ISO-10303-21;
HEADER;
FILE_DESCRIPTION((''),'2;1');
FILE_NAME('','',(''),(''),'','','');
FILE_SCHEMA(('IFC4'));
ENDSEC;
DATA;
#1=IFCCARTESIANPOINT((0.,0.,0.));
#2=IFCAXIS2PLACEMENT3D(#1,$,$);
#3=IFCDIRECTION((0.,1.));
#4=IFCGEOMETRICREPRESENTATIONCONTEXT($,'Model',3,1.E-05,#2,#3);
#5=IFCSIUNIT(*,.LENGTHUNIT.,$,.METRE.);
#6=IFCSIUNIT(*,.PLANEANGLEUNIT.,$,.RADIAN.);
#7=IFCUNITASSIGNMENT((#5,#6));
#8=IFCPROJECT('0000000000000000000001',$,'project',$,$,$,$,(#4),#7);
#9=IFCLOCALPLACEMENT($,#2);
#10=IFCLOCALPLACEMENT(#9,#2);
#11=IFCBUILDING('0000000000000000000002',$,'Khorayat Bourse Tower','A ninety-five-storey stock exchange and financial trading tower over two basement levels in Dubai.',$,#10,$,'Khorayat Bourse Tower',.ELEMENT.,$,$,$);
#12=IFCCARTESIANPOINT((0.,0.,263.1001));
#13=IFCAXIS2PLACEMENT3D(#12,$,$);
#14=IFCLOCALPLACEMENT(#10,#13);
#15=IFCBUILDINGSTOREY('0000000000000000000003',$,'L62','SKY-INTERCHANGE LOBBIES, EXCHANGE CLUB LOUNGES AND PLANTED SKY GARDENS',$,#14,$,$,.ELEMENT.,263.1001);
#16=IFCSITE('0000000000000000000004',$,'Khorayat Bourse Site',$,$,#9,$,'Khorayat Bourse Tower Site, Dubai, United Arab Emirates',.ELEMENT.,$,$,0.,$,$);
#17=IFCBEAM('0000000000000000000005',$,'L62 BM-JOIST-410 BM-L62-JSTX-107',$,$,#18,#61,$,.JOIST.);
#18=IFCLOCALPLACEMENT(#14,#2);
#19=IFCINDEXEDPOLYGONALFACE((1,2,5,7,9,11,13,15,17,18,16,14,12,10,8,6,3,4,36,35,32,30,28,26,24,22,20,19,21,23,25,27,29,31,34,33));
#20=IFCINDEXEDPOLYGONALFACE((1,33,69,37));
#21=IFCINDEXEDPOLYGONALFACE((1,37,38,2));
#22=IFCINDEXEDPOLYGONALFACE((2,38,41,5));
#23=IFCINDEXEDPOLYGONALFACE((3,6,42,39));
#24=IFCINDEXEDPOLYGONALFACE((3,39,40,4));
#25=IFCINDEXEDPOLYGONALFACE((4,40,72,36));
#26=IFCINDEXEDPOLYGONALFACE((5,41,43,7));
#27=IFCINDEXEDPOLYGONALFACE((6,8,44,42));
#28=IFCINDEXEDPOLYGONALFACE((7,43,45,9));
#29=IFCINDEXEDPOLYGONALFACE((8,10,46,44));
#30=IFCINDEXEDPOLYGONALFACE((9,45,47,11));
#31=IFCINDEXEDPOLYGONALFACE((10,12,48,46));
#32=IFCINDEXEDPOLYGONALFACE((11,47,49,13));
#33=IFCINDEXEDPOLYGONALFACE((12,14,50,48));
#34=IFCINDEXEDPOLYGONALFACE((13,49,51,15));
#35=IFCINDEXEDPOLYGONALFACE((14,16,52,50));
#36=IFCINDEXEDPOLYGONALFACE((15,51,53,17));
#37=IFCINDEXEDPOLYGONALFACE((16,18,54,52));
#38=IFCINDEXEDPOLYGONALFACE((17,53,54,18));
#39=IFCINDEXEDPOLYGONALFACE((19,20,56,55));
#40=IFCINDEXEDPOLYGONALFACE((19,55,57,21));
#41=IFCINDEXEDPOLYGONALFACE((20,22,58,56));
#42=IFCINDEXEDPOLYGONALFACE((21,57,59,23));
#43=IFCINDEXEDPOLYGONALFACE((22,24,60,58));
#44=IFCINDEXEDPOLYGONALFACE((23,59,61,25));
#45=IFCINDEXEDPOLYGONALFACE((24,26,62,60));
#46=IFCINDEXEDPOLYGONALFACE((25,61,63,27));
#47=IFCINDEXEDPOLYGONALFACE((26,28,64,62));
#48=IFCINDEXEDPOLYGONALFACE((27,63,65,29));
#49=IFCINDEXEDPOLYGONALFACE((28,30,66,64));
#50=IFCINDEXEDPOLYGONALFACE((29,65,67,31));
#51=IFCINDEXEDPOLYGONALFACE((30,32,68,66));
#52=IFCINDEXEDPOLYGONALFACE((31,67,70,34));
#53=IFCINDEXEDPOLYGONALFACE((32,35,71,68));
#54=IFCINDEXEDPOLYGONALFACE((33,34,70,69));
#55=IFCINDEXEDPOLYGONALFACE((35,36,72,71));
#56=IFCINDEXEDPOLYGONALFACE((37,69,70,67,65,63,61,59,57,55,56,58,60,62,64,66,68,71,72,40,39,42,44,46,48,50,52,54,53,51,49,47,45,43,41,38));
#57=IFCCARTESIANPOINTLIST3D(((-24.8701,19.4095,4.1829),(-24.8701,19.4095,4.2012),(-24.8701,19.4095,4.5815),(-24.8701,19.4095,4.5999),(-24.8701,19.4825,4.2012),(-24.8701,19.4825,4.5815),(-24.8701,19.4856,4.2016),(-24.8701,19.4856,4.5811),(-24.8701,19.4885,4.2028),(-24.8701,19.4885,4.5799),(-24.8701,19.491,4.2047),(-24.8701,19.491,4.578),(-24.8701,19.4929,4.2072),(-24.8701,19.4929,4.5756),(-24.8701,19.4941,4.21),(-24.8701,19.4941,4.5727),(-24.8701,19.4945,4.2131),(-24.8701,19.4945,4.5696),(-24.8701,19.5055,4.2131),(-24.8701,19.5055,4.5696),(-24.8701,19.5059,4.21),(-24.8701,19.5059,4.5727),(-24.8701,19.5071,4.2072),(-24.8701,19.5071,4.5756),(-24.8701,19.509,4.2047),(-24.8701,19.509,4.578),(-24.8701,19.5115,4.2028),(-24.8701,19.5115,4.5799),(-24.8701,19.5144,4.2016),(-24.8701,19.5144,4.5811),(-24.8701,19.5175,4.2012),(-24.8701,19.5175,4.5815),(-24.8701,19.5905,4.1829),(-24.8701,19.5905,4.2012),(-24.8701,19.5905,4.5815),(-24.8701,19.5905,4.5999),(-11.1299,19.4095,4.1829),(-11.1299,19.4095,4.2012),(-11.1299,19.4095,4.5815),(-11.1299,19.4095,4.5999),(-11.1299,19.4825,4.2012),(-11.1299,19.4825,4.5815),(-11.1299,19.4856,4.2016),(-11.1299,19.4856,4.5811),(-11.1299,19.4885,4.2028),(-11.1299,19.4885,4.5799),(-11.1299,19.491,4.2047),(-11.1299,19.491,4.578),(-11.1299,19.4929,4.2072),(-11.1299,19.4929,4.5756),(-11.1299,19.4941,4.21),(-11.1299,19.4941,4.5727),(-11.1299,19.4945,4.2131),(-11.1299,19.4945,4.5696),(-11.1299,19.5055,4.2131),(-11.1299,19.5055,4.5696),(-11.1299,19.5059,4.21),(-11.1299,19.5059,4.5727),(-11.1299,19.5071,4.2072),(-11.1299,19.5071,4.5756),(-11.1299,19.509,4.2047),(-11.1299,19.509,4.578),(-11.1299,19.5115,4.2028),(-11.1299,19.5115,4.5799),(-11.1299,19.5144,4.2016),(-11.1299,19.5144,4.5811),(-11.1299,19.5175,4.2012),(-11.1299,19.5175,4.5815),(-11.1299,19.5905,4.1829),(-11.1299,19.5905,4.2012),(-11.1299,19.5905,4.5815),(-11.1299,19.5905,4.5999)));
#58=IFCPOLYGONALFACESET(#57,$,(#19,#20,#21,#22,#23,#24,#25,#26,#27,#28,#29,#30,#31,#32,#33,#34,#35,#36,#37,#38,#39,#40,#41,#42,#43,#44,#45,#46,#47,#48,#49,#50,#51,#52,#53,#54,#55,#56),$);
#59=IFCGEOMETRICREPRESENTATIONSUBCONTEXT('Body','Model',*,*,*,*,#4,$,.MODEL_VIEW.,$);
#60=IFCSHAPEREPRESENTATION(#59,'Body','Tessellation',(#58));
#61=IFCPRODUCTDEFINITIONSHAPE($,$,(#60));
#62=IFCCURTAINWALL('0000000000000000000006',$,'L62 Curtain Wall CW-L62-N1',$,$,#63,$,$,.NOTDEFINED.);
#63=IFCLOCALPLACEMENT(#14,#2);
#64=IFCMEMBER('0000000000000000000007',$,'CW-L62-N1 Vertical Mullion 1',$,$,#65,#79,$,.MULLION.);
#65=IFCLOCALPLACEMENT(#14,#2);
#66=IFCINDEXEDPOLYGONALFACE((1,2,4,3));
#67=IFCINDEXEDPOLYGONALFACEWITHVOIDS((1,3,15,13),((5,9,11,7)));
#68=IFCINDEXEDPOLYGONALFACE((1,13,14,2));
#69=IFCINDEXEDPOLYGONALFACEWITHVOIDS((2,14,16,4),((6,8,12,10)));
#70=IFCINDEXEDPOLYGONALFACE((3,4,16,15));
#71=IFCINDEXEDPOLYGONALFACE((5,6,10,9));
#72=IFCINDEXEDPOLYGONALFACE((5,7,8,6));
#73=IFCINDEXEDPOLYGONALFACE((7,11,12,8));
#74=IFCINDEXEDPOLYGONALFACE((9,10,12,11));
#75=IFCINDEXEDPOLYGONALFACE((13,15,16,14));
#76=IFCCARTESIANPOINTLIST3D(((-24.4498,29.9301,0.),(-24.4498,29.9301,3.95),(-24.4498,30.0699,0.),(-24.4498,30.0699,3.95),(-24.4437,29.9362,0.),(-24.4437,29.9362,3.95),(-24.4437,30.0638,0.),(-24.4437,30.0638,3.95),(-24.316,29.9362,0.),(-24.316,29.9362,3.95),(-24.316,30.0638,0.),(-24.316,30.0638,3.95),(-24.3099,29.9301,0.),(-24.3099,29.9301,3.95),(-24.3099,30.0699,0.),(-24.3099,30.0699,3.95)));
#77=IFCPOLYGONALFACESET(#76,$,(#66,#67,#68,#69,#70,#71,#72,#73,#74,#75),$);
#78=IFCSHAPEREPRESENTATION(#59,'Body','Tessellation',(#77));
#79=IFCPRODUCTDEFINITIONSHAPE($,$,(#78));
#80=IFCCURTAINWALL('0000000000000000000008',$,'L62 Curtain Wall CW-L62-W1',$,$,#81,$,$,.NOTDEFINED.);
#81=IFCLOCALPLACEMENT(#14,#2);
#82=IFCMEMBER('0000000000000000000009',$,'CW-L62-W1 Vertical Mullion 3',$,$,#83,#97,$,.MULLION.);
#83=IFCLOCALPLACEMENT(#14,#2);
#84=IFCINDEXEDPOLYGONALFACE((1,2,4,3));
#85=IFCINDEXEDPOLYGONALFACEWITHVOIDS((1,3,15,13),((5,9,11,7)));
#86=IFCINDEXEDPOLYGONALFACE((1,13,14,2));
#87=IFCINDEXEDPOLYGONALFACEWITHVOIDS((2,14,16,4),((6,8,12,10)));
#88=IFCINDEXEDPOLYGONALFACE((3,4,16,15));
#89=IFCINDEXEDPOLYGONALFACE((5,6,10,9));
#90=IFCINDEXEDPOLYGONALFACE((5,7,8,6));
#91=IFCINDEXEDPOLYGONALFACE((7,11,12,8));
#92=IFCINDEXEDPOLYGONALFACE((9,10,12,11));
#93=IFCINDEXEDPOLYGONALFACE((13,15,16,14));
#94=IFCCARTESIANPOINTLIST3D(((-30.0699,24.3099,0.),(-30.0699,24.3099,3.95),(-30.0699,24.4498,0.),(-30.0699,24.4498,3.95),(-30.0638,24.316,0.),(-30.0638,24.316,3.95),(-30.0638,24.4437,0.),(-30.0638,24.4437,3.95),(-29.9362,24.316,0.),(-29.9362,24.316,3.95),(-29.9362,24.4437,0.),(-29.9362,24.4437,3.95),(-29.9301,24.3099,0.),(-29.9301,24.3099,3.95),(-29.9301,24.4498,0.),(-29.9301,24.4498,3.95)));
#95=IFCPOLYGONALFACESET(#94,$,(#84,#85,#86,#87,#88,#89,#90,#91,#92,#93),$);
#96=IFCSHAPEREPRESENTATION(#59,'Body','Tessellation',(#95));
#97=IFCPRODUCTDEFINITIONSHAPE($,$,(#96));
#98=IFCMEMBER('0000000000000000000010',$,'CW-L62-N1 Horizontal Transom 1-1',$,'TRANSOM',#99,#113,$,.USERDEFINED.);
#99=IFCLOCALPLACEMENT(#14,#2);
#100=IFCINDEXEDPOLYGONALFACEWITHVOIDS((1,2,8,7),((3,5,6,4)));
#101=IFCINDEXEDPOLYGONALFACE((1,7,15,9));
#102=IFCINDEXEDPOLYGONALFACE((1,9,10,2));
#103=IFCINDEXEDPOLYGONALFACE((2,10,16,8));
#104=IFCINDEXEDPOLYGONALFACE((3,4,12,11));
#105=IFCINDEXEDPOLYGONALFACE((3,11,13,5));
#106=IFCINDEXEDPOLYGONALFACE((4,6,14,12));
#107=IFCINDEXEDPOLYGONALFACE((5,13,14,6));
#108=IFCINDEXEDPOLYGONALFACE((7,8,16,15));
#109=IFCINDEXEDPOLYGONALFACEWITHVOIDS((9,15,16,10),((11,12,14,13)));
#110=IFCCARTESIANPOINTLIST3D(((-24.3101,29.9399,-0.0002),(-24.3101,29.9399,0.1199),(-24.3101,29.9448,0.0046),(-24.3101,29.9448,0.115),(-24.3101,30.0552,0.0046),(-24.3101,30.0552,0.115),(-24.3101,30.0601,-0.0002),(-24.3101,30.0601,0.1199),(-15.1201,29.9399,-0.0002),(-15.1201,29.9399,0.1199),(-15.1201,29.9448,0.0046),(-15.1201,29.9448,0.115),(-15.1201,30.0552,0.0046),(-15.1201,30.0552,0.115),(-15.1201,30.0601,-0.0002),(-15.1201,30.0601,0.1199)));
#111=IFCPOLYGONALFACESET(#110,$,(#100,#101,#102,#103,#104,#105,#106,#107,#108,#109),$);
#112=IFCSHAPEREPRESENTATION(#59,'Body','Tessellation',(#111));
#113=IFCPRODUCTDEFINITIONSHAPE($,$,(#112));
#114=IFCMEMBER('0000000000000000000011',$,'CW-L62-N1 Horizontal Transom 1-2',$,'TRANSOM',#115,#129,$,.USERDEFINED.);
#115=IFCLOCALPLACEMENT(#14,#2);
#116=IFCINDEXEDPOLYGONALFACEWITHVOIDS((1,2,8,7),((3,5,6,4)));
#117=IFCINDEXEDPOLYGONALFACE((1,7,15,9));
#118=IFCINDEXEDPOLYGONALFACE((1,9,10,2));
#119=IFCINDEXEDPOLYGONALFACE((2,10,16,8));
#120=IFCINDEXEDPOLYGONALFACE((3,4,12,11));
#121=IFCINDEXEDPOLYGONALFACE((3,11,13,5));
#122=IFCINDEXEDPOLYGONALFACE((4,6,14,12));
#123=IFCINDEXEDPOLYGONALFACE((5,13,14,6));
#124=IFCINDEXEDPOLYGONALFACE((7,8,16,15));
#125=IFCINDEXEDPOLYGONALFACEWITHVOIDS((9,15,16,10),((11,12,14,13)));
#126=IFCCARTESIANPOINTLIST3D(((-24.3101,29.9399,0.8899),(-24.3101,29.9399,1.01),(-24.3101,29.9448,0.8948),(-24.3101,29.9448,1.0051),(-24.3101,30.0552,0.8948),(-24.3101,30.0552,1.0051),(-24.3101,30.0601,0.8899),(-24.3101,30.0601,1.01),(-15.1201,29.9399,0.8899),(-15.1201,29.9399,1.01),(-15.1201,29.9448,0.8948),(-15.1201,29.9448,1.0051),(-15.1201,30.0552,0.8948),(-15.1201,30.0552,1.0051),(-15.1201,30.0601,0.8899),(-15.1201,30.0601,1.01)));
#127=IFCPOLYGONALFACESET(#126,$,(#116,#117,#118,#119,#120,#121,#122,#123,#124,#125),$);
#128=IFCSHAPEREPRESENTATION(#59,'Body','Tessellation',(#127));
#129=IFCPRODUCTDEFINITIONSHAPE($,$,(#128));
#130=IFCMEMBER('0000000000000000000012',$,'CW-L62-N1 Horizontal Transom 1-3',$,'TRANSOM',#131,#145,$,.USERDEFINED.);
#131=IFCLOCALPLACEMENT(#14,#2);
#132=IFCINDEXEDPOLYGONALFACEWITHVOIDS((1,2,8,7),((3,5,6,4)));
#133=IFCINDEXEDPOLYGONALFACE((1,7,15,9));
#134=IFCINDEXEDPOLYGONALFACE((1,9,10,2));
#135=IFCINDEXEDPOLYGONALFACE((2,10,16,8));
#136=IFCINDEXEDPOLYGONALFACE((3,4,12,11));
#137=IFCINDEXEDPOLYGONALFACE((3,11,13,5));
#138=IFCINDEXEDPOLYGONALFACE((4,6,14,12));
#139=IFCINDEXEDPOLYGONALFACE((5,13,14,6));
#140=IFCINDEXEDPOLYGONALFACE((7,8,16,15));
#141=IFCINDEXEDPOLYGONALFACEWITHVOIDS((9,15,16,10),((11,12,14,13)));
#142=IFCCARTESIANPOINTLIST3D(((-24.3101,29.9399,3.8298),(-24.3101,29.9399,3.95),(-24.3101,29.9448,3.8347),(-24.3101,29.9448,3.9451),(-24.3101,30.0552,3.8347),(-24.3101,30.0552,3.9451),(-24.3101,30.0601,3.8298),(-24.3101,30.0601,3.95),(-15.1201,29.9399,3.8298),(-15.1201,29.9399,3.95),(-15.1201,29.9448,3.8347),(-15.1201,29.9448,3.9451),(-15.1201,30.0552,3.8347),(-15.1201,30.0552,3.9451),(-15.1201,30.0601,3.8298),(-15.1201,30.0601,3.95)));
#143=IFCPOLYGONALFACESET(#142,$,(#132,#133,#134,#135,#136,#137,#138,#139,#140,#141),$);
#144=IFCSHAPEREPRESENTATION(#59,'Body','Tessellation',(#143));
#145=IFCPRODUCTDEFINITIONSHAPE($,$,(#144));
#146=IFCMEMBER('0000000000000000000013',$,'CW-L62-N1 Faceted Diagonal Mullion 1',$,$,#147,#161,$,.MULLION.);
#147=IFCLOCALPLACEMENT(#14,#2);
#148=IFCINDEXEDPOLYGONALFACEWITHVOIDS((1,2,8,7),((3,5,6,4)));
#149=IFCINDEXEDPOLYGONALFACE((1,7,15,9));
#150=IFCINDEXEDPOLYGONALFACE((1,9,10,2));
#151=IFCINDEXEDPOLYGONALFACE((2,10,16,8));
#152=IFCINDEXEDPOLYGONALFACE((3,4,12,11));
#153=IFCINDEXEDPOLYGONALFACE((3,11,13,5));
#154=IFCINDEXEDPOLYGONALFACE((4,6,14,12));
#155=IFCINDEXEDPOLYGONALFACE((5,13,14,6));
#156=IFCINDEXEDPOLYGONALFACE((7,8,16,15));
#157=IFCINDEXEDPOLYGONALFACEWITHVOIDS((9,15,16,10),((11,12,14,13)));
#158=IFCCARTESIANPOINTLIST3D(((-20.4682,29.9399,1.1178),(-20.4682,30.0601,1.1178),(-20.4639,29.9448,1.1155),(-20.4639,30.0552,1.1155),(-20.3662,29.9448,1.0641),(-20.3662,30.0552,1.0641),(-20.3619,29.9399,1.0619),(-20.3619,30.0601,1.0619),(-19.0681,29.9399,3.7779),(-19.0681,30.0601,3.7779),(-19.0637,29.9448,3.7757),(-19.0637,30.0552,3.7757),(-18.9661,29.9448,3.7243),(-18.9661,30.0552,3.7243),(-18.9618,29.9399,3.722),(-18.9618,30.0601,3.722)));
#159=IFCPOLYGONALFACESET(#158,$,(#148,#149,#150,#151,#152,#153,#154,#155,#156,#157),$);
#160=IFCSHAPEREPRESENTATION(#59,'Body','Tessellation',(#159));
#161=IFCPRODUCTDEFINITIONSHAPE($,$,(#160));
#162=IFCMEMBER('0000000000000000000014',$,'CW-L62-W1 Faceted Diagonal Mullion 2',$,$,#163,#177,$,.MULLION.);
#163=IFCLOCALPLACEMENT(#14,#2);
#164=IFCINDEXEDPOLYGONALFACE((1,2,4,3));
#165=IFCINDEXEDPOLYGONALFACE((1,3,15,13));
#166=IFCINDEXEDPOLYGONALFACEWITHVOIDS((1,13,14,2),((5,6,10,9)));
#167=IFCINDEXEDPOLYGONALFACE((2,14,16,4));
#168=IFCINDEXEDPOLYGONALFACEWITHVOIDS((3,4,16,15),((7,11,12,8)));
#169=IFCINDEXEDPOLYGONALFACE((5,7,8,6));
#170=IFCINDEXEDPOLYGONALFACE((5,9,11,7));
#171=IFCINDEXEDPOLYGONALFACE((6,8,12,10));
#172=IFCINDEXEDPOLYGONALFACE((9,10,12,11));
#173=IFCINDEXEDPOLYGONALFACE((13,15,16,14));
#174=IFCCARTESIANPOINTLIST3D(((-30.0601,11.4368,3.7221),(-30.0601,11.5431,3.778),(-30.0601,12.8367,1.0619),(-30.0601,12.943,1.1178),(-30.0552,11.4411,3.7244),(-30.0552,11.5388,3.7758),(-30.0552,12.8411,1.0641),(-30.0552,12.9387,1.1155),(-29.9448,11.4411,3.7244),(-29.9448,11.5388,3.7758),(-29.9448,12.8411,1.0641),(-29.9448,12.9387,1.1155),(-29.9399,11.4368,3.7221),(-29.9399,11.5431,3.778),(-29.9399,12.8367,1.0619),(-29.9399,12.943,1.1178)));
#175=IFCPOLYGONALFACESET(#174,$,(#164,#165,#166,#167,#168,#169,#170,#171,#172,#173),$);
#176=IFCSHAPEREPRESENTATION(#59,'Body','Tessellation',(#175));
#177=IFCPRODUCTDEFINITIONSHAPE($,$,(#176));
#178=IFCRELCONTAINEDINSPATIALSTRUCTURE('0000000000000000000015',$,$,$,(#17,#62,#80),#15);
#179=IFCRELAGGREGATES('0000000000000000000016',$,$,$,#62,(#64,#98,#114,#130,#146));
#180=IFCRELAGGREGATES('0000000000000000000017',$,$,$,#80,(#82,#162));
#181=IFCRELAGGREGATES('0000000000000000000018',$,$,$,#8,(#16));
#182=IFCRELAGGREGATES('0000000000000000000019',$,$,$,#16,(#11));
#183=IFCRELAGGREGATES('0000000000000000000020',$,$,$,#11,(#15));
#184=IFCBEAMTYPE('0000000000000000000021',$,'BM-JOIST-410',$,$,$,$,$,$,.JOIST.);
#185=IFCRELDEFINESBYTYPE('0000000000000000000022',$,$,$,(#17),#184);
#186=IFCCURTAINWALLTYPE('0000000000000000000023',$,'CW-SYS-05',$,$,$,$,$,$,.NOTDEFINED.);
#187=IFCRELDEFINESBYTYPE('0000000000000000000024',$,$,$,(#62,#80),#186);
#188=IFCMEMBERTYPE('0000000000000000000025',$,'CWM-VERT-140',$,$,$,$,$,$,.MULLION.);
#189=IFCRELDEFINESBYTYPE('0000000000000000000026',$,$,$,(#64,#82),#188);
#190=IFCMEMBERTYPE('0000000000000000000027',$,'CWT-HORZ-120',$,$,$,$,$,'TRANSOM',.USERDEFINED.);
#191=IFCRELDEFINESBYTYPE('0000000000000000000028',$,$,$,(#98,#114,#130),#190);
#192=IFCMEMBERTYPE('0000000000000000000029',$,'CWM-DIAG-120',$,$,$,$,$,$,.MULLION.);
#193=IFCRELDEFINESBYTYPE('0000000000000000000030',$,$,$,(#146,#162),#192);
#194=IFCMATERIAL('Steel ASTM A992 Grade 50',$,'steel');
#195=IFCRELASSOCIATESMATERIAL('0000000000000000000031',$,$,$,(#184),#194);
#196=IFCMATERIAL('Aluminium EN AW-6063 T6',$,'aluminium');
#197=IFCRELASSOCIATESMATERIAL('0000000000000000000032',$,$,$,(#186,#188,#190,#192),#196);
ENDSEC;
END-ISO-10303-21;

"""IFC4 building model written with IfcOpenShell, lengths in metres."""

from ifc_helpers import new_model, si_unit, direction, frame, origin, origin_2d, place, context, subcontext, project, spatial, hollow_rectangle, i_section, extrude, source, transform, mapped, material, material_profile, profile_set, type_object, element, aggregate, save


model = new_model("IFC4")

# Units and contexts
model_context = context("Model", 3, precision=1e-05, world=origin(), true_north=direction((0.0, 1.0)))
body_context = subcontext(model_context, "Body", "Model", "MODEL_VIEW")
ifc_project = project(units=[si_unit("LENGTHUNIT", "METRE"), si_unit("PLANEANGLEUNIT", "RADIAN")], contexts=[model_context])

# Site, building, storey
site_placement = place(None, origin())
site = spatial("IfcSite", under=ifc_project, at=site_placement, Name="Khorayat Bourse Site", LongName="Khorayat Bourse Tower Site, Dubai, United Arab Emirates", CompositionType="ELEMENT", RefElevation=0.0)
building_placement = place(site_placement, origin())
building = spatial("IfcBuilding", under=site, at=building_placement, Name="Khorayat Bourse Tower", Description="A ninety-five-storey stock exchange and financial trading tower over two basement levels in Dubai.", LongName="Khorayat Bourse Tower", CompositionType="ELEMENT")
storey_placement = place(building_placement, frame((0.0, 0.0, 263.1001)))
storey = spatial("IfcBuildingStorey", under=building, at=storey_placement, Name="L62", Description="SKY-INTERCHANGE LOBBIES, EXCHANGE CLUB LOUNGES AND PLANTED SKY GARDENS", CompositionType="ELEMENT", Elevation=263.1001)

# Beam
ifc_material_1 = material(Name="Steel ASTM A992 Grade 50", Category="steel")
ifc_material_profile_1 = material_profile(ifc_material_1, i_section(OverallWidth=0.1809, OverallDepth=0.417, WebThickness=0.011, FlangeThickness=0.0183, FilletRadius=0.012, at=origin_2d()), Name="W410X85")
ifc_profile_set_1 = profile_set([ifc_material_profile_1], Name="Steel ASTM A992 Grade 50")
beam_type_1 = type_object("IfcBeamType", Name="BM-JOIST-410", PredefinedType="JOIST", material=ifc_profile_set_1)
shared_shape_1 = source(origin(), body_context, "Body", "SweptSolid", [
    extrude(i_section(OverallWidth=0.1809, OverallDepth=0.417, WebThickness=0.011, FlangeThickness=0.0183, FilletRadius=0.012, at=origin_2d()), origin(), (0.0, 0.0, 1.0), 13.7402),
])
beam_1_placement = place(storey_placement, frame((-24.8701, 19.5, 4.3914), z_axis=(1.0, 0.0, 0.0), x_axis=(0.0, 1.0, 0.0)))
element("IfcBeam", 1, at=beam_1_placement, inside=storey, type_object=beam_type_1, Name="L62 BM-JOIST-410 BM-L62-JSTX-107", PredefinedType="JOIST", context=body_context, shape_type="MappedRepresentation", body=[
    mapped(shared_shape_1, transform((0.0, 0.0, 0.0), scale=1.0)),
])

# Curtain walls, members
ifc_material_2 = material(Name="Aluminium EN AW-6063 T6", Category="aluminium")
curtain_wall_type = type_object("IfcCurtainWallType", Name="CW-SYS-05", PredefinedType="NOTDEFINED", material=ifc_material_2)
curtain_wall_1_placement = place(storey_placement, origin())
curtain_wall_1 = element("IfcCurtainWall", 2, at=curtain_wall_1_placement, inside=storey, type_object=curtain_wall_type, Name="L62 Curtain Wall CW-L62-N1", PredefinedType="NOTDEFINED")
ifc_material_profile_2 = material_profile(ifc_material_2, hollow_rectangle(XDim=0.1399, YDim=0.1399, WallThickness=0.0061, at=origin_2d()), Name="ALU 140x140x6")
ifc_profile_set_2 = profile_set([ifc_material_profile_2], Name="Aluminium EN AW-6063 T6")
member_type_1 = type_object("IfcMemberType", Name="CWM-VERT-140", PredefinedType="MULLION", material=ifc_profile_set_2)
shared_shape_2 = source(origin(), body_context, "Body", "SweptSolid", [
    extrude(hollow_rectangle(XDim=0.1399, YDim=0.1399, WallThickness=0.0061, at=origin_2d()), origin(), (0.0, 0.0, 1.0), 3.95),
])
member_1_placement = place(storey_placement, frame((-24.3799, 30.0, 0.0), z_axis=(0.0, 0.0, 1.0), x_axis=(0.0, 1.0, 0.0)))
member_1 = element("IfcMember", 3, at=member_1_placement, type_object=member_type_1, Name="CW-L62-N1 Vertical Mullion 1", PredefinedType="MULLION", context=body_context, shape_type="MappedRepresentation", body=[
    mapped(shared_shape_2, transform((0.0, 0.0, 0.0), scale=1.0)),
])
curtain_wall_2_placement = place(storey_placement, origin())
curtain_wall_2 = element("IfcCurtainWall", 4, at=curtain_wall_2_placement, inside=storey, type_object=curtain_wall_type, Name="L62 Curtain Wall CW-L62-W1", PredefinedType="NOTDEFINED")
member_2_placement = place(storey_placement, frame((-30.0, 24.3799, 0.0), z_axis=(0.0, 0.0, 1.0), x_axis=(-1.0, 0.0, 0.0)))
member_2 = element("IfcMember", 5, at=member_2_placement, type_object=member_type_1, Name="CW-L62-W1 Vertical Mullion 3", PredefinedType="MULLION", context=body_context, shape_type="MappedRepresentation", body=[
    mapped(shared_shape_2, transform((0.0, 0.0, 0.0), scale=1.0)),
])

# Members
ifc_material_profile_3 = material_profile(ifc_material_2, hollow_rectangle(XDim=0.1201, YDim=0.1201, WallThickness=0.0049, at=origin_2d()), Name="ALU 120x120x5")
ifc_profile_set_3 = profile_set([ifc_material_profile_3], Name="Aluminium EN AW-6063 T6")
member_type_2 = type_object("IfcMemberType", Name="CWT-HORZ-120", ElementType="TRANSOM", PredefinedType="USERDEFINED", material=ifc_profile_set_3)
shared_shape_3 = source(origin(), body_context, "Body", "SweptSolid", [
    extrude(hollow_rectangle(XDim=0.1201, YDim=0.1201, WallThickness=0.0049, at=origin_2d()), origin(), (0.0, 0.0, 1.0), 9.1899),
])
member_3_placement = place(storey_placement, frame((-24.3101, 30.0, 0.0598), z_axis=(1.0, 0.0, 0.0), x_axis=(0.0, 1.0, 0.0)))
member_3 = element("IfcMember", 6, at=member_3_placement, type_object=member_type_2, Name="CW-L62-N1 Horizontal Transom 1-1", ObjectType="TRANSOM", PredefinedType="USERDEFINED", context=body_context, shape_type="MappedRepresentation", body=[
    mapped(shared_shape_3, transform((0.0, 0.0, 0.0), scale=1.0)),
])
member_4_placement = place(storey_placement, frame((-24.3101, 30.0, 0.95), z_axis=(1.0, 0.0, 0.0), x_axis=(0.0, 1.0, 0.0)))
member_4 = element("IfcMember", 7, at=member_4_placement, type_object=member_type_2, Name="CW-L62-N1 Horizontal Transom 1-2", ObjectType="TRANSOM", PredefinedType="USERDEFINED", context=body_context, shape_type="MappedRepresentation", body=[
    mapped(shared_shape_3, transform((0.0, 0.0, 0.0), scale=1.0)),
])
member_5_placement = place(storey_placement, frame((-24.3101, 30.0, 3.8899), z_axis=(1.0, 0.0, 0.0), x_axis=(0.0, 1.0, 0.0)))
member_5 = element("IfcMember", 8, at=member_5_placement, type_object=member_type_2, Name="CW-L62-N1 Horizontal Transom 1-3", ObjectType="TRANSOM", PredefinedType="USERDEFINED", context=body_context, shape_type="MappedRepresentation", body=[
    mapped(shared_shape_3, transform((0.0, 0.0, 0.0), scale=1.0)),
])
ifc_material_profile_4 = material_profile(ifc_material_2, hollow_rectangle(XDim=0.1201, YDim=0.1201, WallThickness=0.0049, at=origin_2d()), Name="ALU 120x120x5")
ifc_profile_set_4 = profile_set([ifc_material_profile_4], Name="Aluminium EN AW-6063 T6")
member_type_3 = type_object("IfcMemberType", Name="CWM-DIAG-120", PredefinedType="MULLION", material=ifc_profile_set_4)
shared_shape_4 = source(origin(), body_context, "Body", "SweptSolid", [
    extrude(hollow_rectangle(XDim=0.1201, YDim=0.1201, WallThickness=0.0049, at=origin_2d()), origin(), (0.0, 0.0, 1.0), 3.0061),
])
member_6_placement = place(storey_placement, frame((-20.415, 30.0, 1.0898), z_axis=(0.465763, 0.0, 0.884909), x_axis=(0.0, 1.0, 0.0)))
member_6 = element("IfcMember", 9, at=member_6_placement, type_object=member_type_3, Name="CW-L62-N1 Faceted Diagonal Mullion 1", PredefinedType="MULLION", context=body_context, shape_type="MappedRepresentation", body=[
    mapped(shared_shape_4, transform((0.0, 0.0, 0.0), scale=1.0)),
])
member_7_placement = place(storey_placement, frame((-30.0, 12.8899, 1.0898), z_axis=(0.0, -0.4657, 0.884943), x_axis=(1.0, 0.0, 0.0)))
member_7 = element("IfcMember", 10, at=member_7_placement, type_object=member_type_3, Name="CW-L62-W1 Faceted Diagonal Mullion 2", PredefinedType="MULLION", context=body_context, shape_type="MappedRepresentation", body=[
    mapped(shared_shape_4, transform((0.0, 0.0, 0.0), scale=1.0)),
])

aggregate(curtain_wall_1, [member_1, member_3, member_4, member_5, member_6])
aggregate(curtain_wall_2, [member_2, member_7])

save(model, "model.ifc")
